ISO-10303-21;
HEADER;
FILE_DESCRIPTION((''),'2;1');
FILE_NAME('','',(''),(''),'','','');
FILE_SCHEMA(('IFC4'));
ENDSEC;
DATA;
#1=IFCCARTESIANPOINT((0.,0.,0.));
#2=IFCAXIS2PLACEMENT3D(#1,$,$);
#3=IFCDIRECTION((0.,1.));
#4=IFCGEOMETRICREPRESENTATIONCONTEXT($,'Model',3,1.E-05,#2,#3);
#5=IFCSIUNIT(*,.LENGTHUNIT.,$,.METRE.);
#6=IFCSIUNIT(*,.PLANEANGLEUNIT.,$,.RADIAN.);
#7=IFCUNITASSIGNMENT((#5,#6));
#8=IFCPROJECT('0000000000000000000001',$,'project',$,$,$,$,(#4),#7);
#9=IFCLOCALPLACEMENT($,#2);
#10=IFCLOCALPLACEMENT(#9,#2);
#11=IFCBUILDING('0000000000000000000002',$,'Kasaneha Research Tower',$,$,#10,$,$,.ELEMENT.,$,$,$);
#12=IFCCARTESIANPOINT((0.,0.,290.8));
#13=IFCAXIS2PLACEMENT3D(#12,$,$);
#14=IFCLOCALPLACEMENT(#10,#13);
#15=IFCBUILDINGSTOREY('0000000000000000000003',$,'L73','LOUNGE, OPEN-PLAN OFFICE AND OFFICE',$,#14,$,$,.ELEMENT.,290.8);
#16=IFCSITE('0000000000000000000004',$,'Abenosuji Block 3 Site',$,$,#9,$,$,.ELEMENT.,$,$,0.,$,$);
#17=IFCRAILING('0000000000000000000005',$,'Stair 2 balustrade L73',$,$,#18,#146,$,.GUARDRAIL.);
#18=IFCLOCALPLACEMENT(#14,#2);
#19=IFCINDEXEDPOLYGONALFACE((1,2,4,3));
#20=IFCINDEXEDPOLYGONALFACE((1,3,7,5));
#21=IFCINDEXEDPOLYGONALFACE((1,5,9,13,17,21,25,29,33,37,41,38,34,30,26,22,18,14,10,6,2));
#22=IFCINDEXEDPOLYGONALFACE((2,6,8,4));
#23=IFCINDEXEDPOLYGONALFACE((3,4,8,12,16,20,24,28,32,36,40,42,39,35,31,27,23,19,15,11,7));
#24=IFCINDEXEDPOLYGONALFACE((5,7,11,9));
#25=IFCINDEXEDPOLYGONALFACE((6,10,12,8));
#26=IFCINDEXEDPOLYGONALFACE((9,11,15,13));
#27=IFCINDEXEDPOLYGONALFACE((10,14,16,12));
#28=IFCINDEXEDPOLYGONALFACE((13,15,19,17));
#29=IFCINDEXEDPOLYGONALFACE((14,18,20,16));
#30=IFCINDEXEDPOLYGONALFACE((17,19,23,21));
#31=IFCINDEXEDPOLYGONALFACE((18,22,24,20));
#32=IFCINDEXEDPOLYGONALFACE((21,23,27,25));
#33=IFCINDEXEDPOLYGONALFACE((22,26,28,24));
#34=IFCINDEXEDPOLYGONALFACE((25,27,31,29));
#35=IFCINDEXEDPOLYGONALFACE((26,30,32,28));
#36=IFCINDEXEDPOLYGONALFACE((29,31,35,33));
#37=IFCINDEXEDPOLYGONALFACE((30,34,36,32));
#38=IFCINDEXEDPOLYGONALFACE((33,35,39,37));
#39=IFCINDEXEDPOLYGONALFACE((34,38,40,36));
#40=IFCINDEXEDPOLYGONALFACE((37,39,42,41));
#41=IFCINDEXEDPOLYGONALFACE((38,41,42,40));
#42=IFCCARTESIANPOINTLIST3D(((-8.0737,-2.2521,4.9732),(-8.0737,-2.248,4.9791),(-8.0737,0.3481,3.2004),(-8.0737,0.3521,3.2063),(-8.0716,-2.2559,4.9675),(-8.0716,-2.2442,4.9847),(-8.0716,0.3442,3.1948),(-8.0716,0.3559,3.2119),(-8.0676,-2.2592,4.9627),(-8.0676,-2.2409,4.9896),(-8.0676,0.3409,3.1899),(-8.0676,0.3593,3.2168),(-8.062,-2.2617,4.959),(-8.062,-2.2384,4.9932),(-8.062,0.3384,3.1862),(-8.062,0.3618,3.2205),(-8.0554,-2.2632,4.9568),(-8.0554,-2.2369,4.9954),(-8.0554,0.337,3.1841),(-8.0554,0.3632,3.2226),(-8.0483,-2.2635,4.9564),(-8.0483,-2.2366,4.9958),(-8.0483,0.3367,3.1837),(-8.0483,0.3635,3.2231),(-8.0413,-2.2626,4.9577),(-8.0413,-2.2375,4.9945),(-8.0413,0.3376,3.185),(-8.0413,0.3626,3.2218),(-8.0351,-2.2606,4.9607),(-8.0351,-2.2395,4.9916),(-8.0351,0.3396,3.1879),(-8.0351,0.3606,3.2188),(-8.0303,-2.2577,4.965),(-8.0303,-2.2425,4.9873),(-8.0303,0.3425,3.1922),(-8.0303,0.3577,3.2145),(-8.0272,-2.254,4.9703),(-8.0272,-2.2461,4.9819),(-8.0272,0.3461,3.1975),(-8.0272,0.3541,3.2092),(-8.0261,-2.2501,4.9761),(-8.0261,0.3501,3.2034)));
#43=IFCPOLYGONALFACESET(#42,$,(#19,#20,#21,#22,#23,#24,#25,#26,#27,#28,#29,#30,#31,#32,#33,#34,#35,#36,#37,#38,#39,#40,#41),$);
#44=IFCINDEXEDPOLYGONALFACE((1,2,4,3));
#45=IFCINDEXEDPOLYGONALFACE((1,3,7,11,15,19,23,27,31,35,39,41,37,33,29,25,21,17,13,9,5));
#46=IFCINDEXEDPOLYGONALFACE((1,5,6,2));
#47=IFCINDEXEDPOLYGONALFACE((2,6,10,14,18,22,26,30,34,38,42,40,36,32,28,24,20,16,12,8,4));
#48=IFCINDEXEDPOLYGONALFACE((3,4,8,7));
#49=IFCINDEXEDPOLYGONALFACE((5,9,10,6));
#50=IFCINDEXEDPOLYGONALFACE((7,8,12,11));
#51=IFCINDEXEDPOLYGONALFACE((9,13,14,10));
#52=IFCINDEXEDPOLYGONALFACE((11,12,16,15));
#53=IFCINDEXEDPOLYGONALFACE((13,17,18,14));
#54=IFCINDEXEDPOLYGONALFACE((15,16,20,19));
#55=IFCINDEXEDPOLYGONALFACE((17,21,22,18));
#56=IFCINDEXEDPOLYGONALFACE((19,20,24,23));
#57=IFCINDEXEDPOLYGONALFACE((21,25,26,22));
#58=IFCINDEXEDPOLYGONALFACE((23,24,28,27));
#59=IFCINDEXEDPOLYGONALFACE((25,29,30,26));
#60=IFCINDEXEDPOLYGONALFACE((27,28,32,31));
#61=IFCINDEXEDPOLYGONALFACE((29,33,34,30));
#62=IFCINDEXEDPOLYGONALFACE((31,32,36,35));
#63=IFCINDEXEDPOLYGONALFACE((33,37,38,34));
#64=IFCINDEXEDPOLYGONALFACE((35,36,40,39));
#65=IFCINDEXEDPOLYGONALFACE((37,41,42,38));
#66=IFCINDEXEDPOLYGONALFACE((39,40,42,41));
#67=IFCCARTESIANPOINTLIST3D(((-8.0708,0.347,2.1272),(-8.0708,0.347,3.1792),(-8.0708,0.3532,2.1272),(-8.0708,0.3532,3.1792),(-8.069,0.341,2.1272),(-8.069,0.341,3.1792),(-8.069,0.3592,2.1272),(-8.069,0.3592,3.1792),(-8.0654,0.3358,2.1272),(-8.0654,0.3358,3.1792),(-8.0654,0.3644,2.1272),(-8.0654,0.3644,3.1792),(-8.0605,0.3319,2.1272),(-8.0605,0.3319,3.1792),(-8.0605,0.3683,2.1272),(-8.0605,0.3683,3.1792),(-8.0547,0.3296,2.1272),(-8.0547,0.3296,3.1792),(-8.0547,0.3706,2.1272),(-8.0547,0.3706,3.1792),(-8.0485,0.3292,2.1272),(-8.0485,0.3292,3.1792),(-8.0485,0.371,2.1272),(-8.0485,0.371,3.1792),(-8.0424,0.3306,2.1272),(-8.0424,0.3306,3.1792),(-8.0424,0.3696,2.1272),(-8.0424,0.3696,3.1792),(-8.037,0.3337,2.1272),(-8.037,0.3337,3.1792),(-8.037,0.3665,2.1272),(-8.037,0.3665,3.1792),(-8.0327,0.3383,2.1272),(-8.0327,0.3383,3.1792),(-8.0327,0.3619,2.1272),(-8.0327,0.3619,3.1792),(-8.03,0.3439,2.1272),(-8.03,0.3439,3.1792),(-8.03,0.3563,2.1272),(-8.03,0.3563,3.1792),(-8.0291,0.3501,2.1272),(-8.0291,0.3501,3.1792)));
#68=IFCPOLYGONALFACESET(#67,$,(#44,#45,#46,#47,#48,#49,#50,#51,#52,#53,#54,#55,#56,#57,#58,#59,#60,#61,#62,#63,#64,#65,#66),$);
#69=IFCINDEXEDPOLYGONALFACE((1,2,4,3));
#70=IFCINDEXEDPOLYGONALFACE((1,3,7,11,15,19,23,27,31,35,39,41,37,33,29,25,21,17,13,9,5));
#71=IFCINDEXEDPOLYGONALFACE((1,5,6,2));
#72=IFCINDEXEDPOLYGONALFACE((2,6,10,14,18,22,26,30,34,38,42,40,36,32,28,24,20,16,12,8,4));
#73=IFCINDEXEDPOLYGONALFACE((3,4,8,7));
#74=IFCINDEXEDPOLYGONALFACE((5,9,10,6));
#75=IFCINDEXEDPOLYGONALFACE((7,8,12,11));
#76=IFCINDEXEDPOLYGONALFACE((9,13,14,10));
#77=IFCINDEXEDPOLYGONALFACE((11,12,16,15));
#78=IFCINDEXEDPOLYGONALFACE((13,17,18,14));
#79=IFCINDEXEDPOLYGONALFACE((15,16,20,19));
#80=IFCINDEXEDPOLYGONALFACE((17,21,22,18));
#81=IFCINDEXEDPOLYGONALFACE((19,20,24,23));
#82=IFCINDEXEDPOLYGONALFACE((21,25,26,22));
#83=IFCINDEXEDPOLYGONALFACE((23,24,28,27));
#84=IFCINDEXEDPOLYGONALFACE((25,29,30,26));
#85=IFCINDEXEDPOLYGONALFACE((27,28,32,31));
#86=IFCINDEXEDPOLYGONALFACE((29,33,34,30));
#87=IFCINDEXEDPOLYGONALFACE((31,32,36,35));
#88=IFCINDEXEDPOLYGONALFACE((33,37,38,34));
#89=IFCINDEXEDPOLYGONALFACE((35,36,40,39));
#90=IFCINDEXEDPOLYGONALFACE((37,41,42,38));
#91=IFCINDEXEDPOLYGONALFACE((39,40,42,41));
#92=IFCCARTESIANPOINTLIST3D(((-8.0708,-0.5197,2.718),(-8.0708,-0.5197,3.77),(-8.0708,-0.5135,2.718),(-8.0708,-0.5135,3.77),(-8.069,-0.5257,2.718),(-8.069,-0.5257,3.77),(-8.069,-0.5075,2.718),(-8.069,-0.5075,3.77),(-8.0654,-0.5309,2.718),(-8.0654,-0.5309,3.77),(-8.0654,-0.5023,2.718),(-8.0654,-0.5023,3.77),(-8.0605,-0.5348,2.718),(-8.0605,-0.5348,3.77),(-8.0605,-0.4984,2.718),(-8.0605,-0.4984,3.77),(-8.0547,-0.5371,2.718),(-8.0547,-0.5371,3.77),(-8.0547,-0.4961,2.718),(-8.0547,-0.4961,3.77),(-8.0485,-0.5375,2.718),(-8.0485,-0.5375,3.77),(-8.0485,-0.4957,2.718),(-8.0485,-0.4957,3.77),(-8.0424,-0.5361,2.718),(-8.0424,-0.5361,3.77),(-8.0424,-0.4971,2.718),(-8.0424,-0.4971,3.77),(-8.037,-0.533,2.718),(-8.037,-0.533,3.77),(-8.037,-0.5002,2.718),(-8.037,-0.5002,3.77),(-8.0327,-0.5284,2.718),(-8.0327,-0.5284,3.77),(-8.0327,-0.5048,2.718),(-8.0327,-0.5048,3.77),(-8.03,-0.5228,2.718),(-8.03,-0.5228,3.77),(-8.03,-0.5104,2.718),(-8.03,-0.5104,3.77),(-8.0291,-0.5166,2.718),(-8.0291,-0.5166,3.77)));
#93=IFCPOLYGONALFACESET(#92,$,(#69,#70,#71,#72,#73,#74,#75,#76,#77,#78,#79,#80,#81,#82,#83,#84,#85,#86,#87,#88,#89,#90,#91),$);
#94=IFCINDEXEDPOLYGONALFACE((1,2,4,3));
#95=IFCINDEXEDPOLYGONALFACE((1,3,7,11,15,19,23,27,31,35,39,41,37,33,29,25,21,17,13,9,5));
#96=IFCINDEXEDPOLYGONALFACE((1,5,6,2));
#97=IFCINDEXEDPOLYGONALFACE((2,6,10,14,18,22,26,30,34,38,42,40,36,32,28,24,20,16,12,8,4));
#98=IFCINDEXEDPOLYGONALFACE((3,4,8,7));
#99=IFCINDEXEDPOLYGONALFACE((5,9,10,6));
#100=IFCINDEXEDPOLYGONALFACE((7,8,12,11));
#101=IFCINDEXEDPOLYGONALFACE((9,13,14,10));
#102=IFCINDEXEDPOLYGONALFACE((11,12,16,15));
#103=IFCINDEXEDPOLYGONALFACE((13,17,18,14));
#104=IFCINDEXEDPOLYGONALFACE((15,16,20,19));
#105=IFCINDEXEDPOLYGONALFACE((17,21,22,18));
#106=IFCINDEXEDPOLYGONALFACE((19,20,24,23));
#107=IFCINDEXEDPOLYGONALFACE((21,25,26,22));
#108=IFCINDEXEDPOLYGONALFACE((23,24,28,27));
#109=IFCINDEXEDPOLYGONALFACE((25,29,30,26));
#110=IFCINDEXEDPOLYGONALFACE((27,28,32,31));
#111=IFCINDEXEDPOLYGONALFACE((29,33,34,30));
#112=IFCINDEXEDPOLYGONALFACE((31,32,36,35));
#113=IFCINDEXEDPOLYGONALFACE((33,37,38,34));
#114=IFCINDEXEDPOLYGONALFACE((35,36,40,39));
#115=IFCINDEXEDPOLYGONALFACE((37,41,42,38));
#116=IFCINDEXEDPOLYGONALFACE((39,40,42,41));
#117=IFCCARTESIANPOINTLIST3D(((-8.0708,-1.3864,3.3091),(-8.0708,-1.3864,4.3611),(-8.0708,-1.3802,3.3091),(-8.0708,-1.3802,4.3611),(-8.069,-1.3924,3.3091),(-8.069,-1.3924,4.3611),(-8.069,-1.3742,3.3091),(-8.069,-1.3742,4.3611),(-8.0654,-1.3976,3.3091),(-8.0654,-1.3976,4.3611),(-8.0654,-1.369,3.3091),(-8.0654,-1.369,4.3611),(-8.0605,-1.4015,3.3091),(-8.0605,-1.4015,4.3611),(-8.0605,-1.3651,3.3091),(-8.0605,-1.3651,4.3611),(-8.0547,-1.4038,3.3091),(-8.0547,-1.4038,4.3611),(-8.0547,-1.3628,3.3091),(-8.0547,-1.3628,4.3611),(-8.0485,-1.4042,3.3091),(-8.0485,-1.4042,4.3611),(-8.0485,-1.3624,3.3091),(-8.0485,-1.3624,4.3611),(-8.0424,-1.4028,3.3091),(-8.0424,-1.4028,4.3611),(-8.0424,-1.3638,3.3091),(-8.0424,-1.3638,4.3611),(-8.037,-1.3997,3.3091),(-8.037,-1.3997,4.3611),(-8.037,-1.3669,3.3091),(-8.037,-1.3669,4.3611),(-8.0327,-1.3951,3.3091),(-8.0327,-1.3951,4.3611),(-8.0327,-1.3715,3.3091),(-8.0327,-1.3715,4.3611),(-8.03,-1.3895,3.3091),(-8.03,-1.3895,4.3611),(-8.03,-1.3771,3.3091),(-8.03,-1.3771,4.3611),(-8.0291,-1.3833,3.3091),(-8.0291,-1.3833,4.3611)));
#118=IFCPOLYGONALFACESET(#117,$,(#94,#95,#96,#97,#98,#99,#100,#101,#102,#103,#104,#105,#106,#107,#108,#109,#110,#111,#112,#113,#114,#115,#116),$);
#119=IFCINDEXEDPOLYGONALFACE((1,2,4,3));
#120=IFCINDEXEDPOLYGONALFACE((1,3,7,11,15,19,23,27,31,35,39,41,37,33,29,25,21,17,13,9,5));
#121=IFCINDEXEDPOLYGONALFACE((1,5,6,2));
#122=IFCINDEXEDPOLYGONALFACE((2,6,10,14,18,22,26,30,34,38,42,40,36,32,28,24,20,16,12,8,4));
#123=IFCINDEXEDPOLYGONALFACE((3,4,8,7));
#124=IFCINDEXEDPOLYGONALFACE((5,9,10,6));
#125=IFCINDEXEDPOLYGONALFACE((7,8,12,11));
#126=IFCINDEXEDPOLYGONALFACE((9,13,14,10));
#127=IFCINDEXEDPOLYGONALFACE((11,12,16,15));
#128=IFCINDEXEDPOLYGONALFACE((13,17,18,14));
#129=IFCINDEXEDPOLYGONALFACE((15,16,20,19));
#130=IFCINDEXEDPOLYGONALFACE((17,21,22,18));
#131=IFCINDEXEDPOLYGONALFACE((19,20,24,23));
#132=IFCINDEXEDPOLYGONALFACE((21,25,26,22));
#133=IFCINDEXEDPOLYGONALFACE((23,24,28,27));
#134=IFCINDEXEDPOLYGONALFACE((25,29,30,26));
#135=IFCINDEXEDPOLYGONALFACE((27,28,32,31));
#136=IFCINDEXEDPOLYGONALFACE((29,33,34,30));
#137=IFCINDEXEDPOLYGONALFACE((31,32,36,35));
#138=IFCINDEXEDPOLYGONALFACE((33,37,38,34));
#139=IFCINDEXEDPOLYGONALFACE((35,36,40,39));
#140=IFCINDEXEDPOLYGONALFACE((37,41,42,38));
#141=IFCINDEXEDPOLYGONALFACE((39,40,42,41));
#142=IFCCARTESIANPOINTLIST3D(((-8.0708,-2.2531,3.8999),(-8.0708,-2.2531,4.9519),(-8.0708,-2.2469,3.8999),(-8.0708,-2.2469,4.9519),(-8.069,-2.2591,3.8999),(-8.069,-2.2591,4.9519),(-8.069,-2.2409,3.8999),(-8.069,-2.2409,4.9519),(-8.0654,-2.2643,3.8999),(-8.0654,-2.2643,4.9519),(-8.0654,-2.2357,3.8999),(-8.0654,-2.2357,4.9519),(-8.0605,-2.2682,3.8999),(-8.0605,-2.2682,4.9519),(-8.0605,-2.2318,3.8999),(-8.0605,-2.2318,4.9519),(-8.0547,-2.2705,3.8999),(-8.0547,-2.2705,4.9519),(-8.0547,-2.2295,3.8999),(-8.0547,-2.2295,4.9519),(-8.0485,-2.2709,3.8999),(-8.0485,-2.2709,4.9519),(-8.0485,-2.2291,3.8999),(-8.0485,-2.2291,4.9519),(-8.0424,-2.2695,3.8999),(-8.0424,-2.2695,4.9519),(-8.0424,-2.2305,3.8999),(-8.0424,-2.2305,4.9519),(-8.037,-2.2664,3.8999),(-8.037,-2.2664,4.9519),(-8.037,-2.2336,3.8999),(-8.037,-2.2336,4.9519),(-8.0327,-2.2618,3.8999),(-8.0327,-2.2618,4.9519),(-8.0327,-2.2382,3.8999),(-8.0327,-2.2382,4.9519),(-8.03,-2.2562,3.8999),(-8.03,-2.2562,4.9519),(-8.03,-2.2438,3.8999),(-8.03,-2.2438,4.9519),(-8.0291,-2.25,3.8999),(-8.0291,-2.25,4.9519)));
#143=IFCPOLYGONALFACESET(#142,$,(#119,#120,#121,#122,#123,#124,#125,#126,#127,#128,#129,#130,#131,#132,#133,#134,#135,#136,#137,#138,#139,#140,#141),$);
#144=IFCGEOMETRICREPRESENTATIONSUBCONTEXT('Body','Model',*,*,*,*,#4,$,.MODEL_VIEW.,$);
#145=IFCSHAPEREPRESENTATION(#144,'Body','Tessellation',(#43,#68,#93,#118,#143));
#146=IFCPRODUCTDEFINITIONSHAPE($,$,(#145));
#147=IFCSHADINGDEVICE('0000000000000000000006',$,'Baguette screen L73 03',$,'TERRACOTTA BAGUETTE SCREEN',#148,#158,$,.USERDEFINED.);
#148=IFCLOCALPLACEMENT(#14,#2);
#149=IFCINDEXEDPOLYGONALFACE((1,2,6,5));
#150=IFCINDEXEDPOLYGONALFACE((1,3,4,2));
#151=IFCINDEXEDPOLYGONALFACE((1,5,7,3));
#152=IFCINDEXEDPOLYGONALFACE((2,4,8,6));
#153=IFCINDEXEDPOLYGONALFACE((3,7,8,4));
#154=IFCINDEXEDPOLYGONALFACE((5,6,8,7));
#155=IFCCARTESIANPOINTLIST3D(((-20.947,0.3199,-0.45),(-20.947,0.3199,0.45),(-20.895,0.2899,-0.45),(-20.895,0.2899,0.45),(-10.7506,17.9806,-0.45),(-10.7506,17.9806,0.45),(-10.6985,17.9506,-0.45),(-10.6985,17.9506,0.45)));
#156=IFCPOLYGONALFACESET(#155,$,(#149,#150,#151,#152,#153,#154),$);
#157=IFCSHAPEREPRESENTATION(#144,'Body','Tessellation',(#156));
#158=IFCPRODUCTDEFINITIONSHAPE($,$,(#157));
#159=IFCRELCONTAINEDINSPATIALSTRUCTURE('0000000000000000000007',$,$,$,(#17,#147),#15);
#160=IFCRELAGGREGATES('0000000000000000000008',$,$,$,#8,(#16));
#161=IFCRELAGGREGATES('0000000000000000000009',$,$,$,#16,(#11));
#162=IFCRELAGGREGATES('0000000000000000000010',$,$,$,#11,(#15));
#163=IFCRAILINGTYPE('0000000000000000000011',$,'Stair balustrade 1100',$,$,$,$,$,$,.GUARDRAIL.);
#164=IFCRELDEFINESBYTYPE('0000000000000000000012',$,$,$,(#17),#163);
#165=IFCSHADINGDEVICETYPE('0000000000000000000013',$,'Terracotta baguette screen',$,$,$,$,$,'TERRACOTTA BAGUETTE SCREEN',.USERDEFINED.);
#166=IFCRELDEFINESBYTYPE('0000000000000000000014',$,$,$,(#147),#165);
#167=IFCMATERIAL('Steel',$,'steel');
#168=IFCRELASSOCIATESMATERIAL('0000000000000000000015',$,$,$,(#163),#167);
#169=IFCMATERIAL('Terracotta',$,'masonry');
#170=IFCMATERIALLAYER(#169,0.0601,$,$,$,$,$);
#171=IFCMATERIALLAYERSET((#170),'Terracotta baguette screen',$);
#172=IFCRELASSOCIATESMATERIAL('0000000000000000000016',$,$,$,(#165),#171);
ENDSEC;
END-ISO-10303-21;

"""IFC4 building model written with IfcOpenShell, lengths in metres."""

from ifc_helpers import new_model, si_unit, direction, frame, origin, origin_2d, place, context, subcontext, project, spatial, rectangle, circle, extrude, material, layer, layer_set, type_object, element, save


model = new_model("IFC4")

# Units and contexts
model_context = context("Model", 3, precision=1e-05, world=origin(), true_north=direction((0.0, 1.0)))
body_context = subcontext(model_context, "Body", "Model", "MODEL_VIEW")
ifc_project = project(units=[si_unit("LENGTHUNIT", "METRE"), si_unit("PLANEANGLEUNIT", "RADIAN")], contexts=[model_context])

# Site, building, storey
site_placement = place(None, origin())
site = spatial("IfcSite", under=ifc_project, at=site_placement, Name="Abenosuji Block 3 Site", CompositionType="ELEMENT", RefElevation=0.0)
building_placement = place(site_placement, origin())
building = spatial("IfcBuilding", under=site, at=building_placement, Name="Kasaneha Research Tower", CompositionType="ELEMENT")
storey_placement = place(building_placement, frame((0.0, 0.0, 290.8)))
storey = spatial("IfcBuildingStorey", under=building, at=storey_placement, Name="L73", Description="LOUNGE, OPEN-PLAN OFFICE AND OFFICE", CompositionType="ELEMENT", Elevation=290.8)

# Railing
ifc_material_1 = material(Name="Steel", Category="steel")
railing_type = type_object("IfcRailingType", Name="Stair balustrade 1100", PredefinedType="GUARDRAIL", material=ifc_material_1)
railing_placement = place(storey_placement, frame((-8.05, 0.3501, 2.1272)))
element("IfcRailing", 1, at=railing_placement, inside=storey, type_object=railing_type, Name="Stair 2 balustrade L73", PredefinedType="GUARDRAIL", context=body_context, shape_type="SweptSolid", body=[
    extrude(circle(Radius=0.0239, at=origin_2d()), frame((0.0, 0.0, 1.0762), z_axis=(0.0, -0.82624, 0.563318), x_axis=(1.0, 0.0, 0.0)), (0.0, 0.0, 1.0), 3.147),
    extrude(circle(Radius=0.021, at=origin_2d()), origin(), (0.0, 0.0, 1.0), 1.052),
    extrude(circle(Radius=0.021, at=origin_2d()), frame((0.0, -0.8667, 0.5908)), (0.0, 0.0, 1.0), 1.052),
    extrude(circle(Radius=0.021, at=origin_2d()), frame((0.0, -1.7334, 1.1819)), (0.0, 0.0, 1.0), 1.052),
    extrude(circle(Radius=0.021, at=origin_2d()), frame((0.0, -2.6001, 1.7727)), (0.0, 0.0, 1.0), 1.052),
])

# Shading device
ifc_material_2 = material(Name="Terracotta", Category="masonry")
ifc_layer_1 = layer(ifc_material_2, 0.0601)
ifc_layer_set_1 = layer_set([ifc_layer_1], Name="Terracotta baguette screen")
shading_device_type = type_object("IfcShadingDeviceType", Name="Terracotta baguette screen", ElementType="TERRACOTTA BAGUETTE SCREEN", PredefinedType="USERDEFINED", material=ifc_layer_set_1)
shading_device_placement = place(storey_placement, frame((-15.8228, 9.1353, -0.45), z_axis=(0.0, 0.0, 1.0), x_axis=(-0.5, -0.866025, 0.0)))
element("IfcShadingDevice", 2, at=shading_device_placement, inside=storey, type_object=shading_device_type, Name="Baguette screen L73 03", ObjectType="TERRACOTTA BAGUETTE SCREEN", PredefinedType="USERDEFINED", context=body_context, shape_type="SweptSolid", body=[
    extrude(rectangle(XDim=20.3928, YDim=0.0601, at=origin_2d()), origin(), (0.0, 0.0, 1.0), 0.8999),
])

save(model, "model.ifc")
